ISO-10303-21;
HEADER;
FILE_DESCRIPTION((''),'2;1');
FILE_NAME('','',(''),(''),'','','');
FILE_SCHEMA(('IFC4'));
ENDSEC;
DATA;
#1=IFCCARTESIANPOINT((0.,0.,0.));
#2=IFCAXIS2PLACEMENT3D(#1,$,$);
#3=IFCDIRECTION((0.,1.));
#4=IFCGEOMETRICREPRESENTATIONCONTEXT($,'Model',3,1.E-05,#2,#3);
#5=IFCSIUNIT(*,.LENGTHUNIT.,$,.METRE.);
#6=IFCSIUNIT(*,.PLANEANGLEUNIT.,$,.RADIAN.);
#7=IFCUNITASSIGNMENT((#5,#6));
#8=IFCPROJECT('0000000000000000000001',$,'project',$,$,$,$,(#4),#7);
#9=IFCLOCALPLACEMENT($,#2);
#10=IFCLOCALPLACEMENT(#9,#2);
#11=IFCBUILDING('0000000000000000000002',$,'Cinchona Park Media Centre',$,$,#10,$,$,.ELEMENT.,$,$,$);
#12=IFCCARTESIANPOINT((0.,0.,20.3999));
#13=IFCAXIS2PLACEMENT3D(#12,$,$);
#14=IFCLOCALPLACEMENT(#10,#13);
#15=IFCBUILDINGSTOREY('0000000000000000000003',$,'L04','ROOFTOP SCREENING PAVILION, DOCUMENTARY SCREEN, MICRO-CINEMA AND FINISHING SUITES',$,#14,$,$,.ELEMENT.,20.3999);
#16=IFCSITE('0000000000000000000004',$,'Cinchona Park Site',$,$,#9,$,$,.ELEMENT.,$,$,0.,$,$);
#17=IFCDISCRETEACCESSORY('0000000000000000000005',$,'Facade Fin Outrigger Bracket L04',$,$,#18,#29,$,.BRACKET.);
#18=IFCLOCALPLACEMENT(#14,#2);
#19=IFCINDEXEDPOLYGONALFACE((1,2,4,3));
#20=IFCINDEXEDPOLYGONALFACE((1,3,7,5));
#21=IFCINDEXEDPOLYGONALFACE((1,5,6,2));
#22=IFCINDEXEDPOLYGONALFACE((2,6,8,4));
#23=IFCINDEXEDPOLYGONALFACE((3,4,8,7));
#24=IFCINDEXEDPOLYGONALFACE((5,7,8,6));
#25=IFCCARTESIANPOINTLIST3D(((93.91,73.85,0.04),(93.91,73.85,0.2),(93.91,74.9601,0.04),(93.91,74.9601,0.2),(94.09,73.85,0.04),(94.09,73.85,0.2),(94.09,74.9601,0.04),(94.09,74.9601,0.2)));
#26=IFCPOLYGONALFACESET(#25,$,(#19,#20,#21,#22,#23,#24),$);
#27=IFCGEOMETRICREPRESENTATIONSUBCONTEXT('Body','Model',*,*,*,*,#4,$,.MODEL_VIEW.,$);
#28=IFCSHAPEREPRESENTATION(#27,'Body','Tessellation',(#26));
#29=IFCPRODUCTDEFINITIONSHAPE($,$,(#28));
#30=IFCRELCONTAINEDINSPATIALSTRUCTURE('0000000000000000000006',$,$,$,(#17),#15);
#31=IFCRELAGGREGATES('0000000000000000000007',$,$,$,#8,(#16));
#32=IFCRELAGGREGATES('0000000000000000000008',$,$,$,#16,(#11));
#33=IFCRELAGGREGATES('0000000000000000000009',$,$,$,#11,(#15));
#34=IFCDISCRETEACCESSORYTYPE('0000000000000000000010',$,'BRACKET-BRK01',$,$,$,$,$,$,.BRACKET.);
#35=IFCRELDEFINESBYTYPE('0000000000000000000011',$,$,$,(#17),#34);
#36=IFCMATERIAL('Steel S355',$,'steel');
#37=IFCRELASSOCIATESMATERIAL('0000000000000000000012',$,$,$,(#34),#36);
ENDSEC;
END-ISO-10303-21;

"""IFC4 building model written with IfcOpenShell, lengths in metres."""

from ifc_helpers import new_model, si_unit, direction, frame, origin, origin_2d, place, context, subcontext, project, spatial, rectangle, extrude, material, type_object, element, save


model = new_model("IFC4")

# Units and contexts
model_context = context("Model", 3, precision=1e-05, world=origin(), true_north=direction((0.0, 1.0)))
body_context = subcontext(model_context, "Body", "Model", "MODEL_VIEW")
ifc_project = project(units=[si_unit("LENGTHUNIT", "METRE"), si_unit("PLANEANGLEUNIT", "RADIAN")], contexts=[model_context])

# Site, building, storey
site_placement = place(None, origin())
site = spatial("IfcSite", under=ifc_project, at=site_placement, Name="Cinchona Park Site", CompositionType="ELEMENT", RefElevation=0.0)
building_placement = place(site_placement, origin())
building = spatial("IfcBuilding", under=site, at=building_placement, Name="Cinchona Park Media Centre", CompositionType="ELEMENT")
storey_placement = place(building_placement, frame((0.0, 0.0, 20.3999)))
storey = spatial("IfcBuildingStorey", under=building, at=storey_placement, Name="L04", Description="ROOFTOP SCREENING PAVILION, DOCUMENTARY SCREEN, MICRO-CINEMA AND FINISHING SUITES", CompositionType="ELEMENT", Elevation=20.3999)

# Discrete accessory
ifc_material_1 = material(Name="Steel S355", Category="steel")
discrete_accessory_type = type_object("IfcDiscreteAccessoryType", Name="BRACKET-BRK01", PredefinedType="BRACKET", material=ifc_material_1)
discrete_accessory_1_placement = place(storey_placement, frame((94.0, 74.405, 0.04), z_axis=(0.0, 0.0, 1.0), x_axis=(1.0, 0.0, 0.0)))
element("IfcDiscreteAccessory", 1, at=discrete_accessory_1_placement, inside=storey, type_object=discrete_accessory_type, Name="Facade Fin Outrigger Bracket L04", PredefinedType="BRACKET", context=body_context, shape_type="SweptSolid", body=[
    extrude(rectangle(XDim=0.1799, YDim=1.1101, at=origin_2d()), origin(), (0.0, 0.0, 1.0), 0.1599),
])

save(model, "model.ifc")
